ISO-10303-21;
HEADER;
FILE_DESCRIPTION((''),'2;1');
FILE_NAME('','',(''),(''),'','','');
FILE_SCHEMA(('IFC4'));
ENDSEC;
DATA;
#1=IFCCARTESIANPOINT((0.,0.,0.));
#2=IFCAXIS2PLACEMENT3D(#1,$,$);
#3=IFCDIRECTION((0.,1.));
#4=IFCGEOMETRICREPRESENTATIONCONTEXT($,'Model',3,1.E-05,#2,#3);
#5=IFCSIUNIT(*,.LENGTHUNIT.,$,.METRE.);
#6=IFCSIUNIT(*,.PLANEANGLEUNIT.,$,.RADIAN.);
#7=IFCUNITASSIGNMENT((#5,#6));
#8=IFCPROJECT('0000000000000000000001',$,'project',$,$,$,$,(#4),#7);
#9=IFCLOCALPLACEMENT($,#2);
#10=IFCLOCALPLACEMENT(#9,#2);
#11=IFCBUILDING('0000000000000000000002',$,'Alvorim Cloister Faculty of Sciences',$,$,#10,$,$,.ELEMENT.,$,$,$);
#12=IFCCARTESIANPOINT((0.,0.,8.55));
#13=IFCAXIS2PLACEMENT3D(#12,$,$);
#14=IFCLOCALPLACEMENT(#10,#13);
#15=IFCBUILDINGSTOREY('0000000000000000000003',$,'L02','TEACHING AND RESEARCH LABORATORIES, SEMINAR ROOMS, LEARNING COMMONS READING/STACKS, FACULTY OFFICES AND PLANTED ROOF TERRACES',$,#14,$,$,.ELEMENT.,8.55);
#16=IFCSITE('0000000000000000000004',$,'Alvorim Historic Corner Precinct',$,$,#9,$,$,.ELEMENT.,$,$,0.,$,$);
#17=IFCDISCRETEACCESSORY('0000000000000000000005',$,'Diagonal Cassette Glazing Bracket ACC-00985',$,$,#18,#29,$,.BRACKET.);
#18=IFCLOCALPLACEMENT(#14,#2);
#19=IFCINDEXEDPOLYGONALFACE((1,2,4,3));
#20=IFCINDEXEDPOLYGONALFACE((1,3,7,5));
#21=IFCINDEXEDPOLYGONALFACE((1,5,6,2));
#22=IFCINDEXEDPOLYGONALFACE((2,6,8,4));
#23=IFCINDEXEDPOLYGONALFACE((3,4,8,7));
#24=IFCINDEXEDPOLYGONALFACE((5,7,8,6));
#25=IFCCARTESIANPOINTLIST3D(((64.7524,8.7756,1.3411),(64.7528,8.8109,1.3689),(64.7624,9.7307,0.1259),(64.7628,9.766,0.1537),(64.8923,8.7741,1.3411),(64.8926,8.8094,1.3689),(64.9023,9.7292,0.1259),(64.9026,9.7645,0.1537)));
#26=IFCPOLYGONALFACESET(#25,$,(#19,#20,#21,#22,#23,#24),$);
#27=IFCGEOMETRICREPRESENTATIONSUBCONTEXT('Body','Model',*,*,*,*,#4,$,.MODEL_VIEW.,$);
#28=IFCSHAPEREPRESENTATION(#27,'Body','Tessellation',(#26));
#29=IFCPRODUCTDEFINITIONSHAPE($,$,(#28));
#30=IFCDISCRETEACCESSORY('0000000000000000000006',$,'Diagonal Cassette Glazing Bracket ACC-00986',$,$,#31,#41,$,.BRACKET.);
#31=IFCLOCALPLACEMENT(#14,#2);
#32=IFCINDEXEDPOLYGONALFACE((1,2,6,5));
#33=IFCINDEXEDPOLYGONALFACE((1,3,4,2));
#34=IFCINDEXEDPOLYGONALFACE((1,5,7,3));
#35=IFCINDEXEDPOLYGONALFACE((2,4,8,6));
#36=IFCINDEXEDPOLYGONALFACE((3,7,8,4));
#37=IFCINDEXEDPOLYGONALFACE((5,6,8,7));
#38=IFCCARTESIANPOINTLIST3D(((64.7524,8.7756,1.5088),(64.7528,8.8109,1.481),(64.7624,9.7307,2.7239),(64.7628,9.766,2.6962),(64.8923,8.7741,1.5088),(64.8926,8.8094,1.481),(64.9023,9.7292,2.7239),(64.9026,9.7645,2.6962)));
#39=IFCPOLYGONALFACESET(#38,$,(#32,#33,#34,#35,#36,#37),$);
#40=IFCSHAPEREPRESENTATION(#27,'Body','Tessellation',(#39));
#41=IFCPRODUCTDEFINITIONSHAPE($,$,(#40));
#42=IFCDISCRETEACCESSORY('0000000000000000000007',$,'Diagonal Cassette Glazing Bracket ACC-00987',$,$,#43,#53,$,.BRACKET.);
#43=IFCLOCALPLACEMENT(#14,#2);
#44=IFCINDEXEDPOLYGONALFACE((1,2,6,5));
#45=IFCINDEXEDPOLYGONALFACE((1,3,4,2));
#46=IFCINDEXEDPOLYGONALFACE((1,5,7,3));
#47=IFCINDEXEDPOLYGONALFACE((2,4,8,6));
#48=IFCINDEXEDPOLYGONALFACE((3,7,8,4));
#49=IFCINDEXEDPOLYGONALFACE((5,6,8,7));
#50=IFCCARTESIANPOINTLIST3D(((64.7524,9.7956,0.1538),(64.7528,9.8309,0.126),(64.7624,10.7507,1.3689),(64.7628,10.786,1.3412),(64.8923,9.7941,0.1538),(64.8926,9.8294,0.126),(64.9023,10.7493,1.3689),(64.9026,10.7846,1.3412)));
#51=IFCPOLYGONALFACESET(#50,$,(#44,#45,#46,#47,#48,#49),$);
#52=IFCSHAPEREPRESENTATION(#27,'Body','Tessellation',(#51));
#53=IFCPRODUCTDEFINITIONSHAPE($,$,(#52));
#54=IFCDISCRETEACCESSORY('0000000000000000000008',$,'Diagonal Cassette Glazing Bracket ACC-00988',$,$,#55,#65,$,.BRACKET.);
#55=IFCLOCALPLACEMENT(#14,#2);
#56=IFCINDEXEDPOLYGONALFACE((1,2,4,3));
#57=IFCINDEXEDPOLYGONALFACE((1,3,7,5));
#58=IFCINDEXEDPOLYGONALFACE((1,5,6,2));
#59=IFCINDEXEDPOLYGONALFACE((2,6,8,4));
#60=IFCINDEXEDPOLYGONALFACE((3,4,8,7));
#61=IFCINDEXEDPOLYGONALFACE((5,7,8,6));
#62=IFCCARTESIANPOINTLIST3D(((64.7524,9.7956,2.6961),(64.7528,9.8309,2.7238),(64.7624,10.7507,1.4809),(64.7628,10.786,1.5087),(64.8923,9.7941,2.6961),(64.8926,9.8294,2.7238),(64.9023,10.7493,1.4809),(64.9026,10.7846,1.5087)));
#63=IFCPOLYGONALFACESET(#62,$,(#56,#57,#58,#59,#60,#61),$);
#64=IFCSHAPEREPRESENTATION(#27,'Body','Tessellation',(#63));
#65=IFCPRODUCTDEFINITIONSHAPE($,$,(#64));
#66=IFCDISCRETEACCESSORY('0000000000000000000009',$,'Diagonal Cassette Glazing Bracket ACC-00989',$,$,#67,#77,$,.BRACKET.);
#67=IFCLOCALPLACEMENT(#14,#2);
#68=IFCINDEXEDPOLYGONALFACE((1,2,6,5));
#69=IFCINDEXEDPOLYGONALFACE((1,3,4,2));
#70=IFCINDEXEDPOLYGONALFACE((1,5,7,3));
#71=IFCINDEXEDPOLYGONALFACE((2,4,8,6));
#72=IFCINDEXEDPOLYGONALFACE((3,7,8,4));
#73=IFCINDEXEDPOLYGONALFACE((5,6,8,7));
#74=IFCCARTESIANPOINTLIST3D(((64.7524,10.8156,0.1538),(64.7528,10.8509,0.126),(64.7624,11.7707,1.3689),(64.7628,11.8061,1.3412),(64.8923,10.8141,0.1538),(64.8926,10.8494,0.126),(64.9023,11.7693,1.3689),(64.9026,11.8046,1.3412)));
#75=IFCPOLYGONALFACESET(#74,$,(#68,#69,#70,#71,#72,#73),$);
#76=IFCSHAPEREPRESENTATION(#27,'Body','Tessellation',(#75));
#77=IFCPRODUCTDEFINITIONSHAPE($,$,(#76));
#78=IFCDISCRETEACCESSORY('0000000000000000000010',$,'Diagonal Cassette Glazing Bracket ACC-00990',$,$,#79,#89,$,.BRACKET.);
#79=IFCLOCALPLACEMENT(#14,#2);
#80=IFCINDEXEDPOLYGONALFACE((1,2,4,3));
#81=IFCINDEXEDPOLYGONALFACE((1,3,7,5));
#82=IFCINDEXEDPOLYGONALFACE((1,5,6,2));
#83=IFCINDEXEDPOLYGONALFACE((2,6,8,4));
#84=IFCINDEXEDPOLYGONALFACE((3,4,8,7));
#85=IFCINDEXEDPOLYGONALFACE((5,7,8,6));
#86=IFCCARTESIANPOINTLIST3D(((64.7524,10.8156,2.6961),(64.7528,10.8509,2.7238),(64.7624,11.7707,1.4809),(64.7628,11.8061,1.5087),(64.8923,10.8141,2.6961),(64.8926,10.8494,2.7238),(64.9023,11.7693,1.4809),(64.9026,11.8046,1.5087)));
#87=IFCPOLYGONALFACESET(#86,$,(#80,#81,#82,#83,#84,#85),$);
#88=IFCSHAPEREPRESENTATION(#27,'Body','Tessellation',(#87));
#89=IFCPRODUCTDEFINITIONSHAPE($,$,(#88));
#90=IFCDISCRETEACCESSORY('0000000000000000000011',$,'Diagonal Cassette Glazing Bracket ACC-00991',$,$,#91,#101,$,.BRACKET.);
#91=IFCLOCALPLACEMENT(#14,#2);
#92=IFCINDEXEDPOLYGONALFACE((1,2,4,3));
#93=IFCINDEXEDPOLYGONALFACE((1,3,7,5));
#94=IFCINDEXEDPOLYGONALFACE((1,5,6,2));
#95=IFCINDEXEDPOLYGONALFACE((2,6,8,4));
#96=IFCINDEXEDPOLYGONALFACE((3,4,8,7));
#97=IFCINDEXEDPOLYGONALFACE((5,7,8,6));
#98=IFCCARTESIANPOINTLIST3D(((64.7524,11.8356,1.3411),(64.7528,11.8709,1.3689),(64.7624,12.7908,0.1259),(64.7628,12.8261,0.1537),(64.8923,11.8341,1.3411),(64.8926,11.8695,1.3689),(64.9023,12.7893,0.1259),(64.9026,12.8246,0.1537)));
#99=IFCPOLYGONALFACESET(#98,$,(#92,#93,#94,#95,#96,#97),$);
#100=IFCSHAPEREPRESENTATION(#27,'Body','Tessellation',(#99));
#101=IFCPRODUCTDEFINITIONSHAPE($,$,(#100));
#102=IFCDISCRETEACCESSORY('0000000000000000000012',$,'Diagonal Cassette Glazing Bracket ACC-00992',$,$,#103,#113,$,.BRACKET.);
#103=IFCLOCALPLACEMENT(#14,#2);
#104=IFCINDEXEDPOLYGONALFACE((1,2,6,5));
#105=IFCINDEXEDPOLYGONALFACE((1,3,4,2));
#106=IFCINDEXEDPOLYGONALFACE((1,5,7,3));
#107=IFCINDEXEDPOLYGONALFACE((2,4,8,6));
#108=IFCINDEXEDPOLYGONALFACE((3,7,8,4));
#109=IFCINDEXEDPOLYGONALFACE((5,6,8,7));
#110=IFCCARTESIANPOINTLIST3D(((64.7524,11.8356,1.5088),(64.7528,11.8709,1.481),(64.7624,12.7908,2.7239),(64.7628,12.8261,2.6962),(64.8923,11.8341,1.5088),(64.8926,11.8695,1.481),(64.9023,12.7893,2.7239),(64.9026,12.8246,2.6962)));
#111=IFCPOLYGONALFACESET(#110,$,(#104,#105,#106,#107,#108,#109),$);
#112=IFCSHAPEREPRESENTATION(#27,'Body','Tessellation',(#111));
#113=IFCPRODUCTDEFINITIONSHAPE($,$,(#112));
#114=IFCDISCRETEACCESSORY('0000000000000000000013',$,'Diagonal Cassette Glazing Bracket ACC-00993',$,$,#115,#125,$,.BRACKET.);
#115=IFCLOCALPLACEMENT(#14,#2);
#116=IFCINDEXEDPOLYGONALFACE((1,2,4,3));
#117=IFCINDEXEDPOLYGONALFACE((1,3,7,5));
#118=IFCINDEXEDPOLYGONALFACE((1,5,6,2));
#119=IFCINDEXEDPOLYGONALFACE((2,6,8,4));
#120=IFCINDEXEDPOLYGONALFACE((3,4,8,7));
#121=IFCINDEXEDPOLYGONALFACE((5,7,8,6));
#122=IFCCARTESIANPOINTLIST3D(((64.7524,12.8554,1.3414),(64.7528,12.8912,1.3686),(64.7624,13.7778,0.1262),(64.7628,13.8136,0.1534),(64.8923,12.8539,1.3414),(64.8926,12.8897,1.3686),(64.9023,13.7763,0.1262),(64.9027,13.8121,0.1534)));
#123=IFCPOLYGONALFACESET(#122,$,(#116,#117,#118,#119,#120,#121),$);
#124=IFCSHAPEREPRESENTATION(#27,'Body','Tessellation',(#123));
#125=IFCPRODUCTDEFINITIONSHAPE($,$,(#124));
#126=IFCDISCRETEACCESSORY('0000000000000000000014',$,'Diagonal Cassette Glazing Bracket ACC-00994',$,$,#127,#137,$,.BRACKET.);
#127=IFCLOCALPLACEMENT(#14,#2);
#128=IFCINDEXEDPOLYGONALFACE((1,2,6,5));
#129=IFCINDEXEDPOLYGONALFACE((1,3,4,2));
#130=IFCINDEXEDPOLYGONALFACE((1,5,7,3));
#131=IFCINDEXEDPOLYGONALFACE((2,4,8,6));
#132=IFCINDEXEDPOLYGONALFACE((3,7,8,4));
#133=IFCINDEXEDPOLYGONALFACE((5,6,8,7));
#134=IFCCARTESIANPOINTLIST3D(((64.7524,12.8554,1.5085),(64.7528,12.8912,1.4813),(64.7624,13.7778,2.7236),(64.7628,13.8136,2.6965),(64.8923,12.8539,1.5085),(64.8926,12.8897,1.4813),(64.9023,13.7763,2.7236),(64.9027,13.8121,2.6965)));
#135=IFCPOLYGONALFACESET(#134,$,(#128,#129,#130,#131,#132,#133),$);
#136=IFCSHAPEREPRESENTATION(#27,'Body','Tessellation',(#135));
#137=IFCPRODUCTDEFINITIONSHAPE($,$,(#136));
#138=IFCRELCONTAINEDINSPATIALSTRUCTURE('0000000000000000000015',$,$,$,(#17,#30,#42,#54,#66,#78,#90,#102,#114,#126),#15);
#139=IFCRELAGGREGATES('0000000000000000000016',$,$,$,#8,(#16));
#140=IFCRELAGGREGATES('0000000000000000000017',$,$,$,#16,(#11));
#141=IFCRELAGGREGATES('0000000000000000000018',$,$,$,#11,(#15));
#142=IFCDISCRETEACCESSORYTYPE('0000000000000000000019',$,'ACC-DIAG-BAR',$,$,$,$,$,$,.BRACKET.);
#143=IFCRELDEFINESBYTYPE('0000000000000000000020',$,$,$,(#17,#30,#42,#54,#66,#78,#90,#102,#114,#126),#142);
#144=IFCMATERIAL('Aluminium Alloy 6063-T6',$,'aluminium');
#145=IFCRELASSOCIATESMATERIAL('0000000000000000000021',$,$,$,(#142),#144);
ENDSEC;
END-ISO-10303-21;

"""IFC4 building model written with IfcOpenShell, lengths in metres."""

from ifc_helpers import new_model, si_unit, direction, frame, origin, origin_2d, place, context, subcontext, project, spatial, rectangle, extrude, material, type_object, element, save


model = new_model("IFC4")

# Units and contexts
model_context = context("Model", 3, precision=1e-05, world=origin(), true_north=direction((0.0, 1.0)))
body_context = subcontext(model_context, "Body", "Model", "MODEL_VIEW")
ifc_project = project(units=[si_unit("LENGTHUNIT", "METRE"), si_unit("PLANEANGLEUNIT", "RADIAN")], contexts=[model_context])

# Site, building, storey
site_placement = place(None, origin())
site = spatial("IfcSite", under=ifc_project, at=site_placement, Name="Alvorim Historic Corner Precinct", CompositionType="ELEMENT", RefElevation=0.0)
building_placement = place(site_placement, origin())
building = spatial("IfcBuilding", under=site, at=building_placement, Name="Alvorim Cloister Faculty of Sciences", CompositionType="ELEMENT")
storey_placement = place(building_placement, frame((0.0, 0.0, 8.55)))
storey = spatial("IfcBuildingStorey", under=building, at=storey_placement, Name="L02", Description="TEACHING AND RESEARCH LABORATORIES, SEMINAR ROOMS, LEARNING COMMONS READING/STACKS, FACULTY OFFICES AND PLANTED ROOF TERRACES", CompositionType="ELEMENT", Elevation=8.55)

# Shared definitions
ifc_material_1 = material(Name="Aluminium Alloy 6063-T6", Category="aluminium")

# Discrete accessories
discrete_accessory_type = type_object("IfcDiscreteAccessoryType", Name="ACC-DIAG-BAR", PredefinedType="BRACKET", material=ifc_material_1)
for number, where, z_axis, x_axis, name in (
    (1, (64.8225, 8.7925, 1.355), (0.006477, 0.617955, -0.786187), (-0.999945, 0.01048, 0.0), "Diagonal Cassette Glazing Bracket ACC-00985"),
    (2, (64.8225, 8.7925, 1.4949), (0.006477, 0.617955, 0.786187), (-0.999945, 0.01048, 0.0), "Diagonal Cassette Glazing Bracket ACC-00986"),
    (3, (64.8225, 9.8125, 0.1399), (0.006477, 0.617955, 0.786187), (-0.999945, 0.01048, 0.0), "Diagonal Cassette Glazing Bracket ACC-00987"),
    (4, (64.8225, 9.8125, 2.71), (0.006477, 0.617955, -0.786187), (-0.999945, 0.01048, 0.0), "Diagonal Cassette Glazing Bracket ACC-00988"),
    (5, (64.8225, 10.8325, 0.1399), (0.006477, 0.617955, 0.786187), (-0.999945, 0.01048, 0.0), "Diagonal Cassette Glazing Bracket ACC-00989"),
    (6, (64.8225, 10.8325, 2.71), (0.006477, 0.617955, -0.786187), (-0.999945, 0.01048, 0.0), "Diagonal Cassette Glazing Bracket ACC-00990"),
    (7, (64.8225, 11.8525, 1.355), (0.006477, 0.617955, -0.786187), (-0.999945, 0.01048, 0.0), "Diagonal Cassette Glazing Bracket ACC-00991"),
    (8, (64.8225, 11.8525, 1.4949), (0.006477, 0.617955, 0.786187), (-0.999945, 0.01048, 0.0), "Diagonal Cassette Glazing Bracket ACC-00992"),
):
    element("IfcDiscreteAccessory", number, at=place(storey_placement, frame(where, z_axis=z_axis, x_axis=x_axis)), inside=storey, type_object=discrete_accessory_type, Name=name, PredefinedType="BRACKET", context=body_context, shape_type="SweptSolid", body=[
        extrude(rectangle(XDim=0.1399, YDim=0.0449, at=origin_2d()), origin(), (0.0, 0.0, 1.0), 1.5457),
    ])
for number, where, z_axis, x_axis, name in (
    (9, (64.8225, 12.8726, 1.355), (0.006561, 0.604612, -0.796493), (-0.999941, 0.010852, 0.0), "Diagonal Cassette Glazing Bracket ACC-00993"),
    (10, (64.8225, 12.8726, 1.4949), (0.006561, 0.604612, 0.796493), (-0.999941, 0.010852, 0.0), "Diagonal Cassette Glazing Bracket ACC-00994"),
):
    element("IfcDiscreteAccessory", number, at=place(storey_placement, frame(where, z_axis=z_axis, x_axis=x_axis)), inside=storey, type_object=discrete_accessory_type, Name=name, PredefinedType="BRACKET", context=body_context, shape_type="SweptSolid", body=[
        extrude(rectangle(XDim=0.1399, YDim=0.0449, at=origin_2d()), origin(), (0.0, 0.0, 1.0), 1.5256),
    ])

save(model, "model.ifc")
